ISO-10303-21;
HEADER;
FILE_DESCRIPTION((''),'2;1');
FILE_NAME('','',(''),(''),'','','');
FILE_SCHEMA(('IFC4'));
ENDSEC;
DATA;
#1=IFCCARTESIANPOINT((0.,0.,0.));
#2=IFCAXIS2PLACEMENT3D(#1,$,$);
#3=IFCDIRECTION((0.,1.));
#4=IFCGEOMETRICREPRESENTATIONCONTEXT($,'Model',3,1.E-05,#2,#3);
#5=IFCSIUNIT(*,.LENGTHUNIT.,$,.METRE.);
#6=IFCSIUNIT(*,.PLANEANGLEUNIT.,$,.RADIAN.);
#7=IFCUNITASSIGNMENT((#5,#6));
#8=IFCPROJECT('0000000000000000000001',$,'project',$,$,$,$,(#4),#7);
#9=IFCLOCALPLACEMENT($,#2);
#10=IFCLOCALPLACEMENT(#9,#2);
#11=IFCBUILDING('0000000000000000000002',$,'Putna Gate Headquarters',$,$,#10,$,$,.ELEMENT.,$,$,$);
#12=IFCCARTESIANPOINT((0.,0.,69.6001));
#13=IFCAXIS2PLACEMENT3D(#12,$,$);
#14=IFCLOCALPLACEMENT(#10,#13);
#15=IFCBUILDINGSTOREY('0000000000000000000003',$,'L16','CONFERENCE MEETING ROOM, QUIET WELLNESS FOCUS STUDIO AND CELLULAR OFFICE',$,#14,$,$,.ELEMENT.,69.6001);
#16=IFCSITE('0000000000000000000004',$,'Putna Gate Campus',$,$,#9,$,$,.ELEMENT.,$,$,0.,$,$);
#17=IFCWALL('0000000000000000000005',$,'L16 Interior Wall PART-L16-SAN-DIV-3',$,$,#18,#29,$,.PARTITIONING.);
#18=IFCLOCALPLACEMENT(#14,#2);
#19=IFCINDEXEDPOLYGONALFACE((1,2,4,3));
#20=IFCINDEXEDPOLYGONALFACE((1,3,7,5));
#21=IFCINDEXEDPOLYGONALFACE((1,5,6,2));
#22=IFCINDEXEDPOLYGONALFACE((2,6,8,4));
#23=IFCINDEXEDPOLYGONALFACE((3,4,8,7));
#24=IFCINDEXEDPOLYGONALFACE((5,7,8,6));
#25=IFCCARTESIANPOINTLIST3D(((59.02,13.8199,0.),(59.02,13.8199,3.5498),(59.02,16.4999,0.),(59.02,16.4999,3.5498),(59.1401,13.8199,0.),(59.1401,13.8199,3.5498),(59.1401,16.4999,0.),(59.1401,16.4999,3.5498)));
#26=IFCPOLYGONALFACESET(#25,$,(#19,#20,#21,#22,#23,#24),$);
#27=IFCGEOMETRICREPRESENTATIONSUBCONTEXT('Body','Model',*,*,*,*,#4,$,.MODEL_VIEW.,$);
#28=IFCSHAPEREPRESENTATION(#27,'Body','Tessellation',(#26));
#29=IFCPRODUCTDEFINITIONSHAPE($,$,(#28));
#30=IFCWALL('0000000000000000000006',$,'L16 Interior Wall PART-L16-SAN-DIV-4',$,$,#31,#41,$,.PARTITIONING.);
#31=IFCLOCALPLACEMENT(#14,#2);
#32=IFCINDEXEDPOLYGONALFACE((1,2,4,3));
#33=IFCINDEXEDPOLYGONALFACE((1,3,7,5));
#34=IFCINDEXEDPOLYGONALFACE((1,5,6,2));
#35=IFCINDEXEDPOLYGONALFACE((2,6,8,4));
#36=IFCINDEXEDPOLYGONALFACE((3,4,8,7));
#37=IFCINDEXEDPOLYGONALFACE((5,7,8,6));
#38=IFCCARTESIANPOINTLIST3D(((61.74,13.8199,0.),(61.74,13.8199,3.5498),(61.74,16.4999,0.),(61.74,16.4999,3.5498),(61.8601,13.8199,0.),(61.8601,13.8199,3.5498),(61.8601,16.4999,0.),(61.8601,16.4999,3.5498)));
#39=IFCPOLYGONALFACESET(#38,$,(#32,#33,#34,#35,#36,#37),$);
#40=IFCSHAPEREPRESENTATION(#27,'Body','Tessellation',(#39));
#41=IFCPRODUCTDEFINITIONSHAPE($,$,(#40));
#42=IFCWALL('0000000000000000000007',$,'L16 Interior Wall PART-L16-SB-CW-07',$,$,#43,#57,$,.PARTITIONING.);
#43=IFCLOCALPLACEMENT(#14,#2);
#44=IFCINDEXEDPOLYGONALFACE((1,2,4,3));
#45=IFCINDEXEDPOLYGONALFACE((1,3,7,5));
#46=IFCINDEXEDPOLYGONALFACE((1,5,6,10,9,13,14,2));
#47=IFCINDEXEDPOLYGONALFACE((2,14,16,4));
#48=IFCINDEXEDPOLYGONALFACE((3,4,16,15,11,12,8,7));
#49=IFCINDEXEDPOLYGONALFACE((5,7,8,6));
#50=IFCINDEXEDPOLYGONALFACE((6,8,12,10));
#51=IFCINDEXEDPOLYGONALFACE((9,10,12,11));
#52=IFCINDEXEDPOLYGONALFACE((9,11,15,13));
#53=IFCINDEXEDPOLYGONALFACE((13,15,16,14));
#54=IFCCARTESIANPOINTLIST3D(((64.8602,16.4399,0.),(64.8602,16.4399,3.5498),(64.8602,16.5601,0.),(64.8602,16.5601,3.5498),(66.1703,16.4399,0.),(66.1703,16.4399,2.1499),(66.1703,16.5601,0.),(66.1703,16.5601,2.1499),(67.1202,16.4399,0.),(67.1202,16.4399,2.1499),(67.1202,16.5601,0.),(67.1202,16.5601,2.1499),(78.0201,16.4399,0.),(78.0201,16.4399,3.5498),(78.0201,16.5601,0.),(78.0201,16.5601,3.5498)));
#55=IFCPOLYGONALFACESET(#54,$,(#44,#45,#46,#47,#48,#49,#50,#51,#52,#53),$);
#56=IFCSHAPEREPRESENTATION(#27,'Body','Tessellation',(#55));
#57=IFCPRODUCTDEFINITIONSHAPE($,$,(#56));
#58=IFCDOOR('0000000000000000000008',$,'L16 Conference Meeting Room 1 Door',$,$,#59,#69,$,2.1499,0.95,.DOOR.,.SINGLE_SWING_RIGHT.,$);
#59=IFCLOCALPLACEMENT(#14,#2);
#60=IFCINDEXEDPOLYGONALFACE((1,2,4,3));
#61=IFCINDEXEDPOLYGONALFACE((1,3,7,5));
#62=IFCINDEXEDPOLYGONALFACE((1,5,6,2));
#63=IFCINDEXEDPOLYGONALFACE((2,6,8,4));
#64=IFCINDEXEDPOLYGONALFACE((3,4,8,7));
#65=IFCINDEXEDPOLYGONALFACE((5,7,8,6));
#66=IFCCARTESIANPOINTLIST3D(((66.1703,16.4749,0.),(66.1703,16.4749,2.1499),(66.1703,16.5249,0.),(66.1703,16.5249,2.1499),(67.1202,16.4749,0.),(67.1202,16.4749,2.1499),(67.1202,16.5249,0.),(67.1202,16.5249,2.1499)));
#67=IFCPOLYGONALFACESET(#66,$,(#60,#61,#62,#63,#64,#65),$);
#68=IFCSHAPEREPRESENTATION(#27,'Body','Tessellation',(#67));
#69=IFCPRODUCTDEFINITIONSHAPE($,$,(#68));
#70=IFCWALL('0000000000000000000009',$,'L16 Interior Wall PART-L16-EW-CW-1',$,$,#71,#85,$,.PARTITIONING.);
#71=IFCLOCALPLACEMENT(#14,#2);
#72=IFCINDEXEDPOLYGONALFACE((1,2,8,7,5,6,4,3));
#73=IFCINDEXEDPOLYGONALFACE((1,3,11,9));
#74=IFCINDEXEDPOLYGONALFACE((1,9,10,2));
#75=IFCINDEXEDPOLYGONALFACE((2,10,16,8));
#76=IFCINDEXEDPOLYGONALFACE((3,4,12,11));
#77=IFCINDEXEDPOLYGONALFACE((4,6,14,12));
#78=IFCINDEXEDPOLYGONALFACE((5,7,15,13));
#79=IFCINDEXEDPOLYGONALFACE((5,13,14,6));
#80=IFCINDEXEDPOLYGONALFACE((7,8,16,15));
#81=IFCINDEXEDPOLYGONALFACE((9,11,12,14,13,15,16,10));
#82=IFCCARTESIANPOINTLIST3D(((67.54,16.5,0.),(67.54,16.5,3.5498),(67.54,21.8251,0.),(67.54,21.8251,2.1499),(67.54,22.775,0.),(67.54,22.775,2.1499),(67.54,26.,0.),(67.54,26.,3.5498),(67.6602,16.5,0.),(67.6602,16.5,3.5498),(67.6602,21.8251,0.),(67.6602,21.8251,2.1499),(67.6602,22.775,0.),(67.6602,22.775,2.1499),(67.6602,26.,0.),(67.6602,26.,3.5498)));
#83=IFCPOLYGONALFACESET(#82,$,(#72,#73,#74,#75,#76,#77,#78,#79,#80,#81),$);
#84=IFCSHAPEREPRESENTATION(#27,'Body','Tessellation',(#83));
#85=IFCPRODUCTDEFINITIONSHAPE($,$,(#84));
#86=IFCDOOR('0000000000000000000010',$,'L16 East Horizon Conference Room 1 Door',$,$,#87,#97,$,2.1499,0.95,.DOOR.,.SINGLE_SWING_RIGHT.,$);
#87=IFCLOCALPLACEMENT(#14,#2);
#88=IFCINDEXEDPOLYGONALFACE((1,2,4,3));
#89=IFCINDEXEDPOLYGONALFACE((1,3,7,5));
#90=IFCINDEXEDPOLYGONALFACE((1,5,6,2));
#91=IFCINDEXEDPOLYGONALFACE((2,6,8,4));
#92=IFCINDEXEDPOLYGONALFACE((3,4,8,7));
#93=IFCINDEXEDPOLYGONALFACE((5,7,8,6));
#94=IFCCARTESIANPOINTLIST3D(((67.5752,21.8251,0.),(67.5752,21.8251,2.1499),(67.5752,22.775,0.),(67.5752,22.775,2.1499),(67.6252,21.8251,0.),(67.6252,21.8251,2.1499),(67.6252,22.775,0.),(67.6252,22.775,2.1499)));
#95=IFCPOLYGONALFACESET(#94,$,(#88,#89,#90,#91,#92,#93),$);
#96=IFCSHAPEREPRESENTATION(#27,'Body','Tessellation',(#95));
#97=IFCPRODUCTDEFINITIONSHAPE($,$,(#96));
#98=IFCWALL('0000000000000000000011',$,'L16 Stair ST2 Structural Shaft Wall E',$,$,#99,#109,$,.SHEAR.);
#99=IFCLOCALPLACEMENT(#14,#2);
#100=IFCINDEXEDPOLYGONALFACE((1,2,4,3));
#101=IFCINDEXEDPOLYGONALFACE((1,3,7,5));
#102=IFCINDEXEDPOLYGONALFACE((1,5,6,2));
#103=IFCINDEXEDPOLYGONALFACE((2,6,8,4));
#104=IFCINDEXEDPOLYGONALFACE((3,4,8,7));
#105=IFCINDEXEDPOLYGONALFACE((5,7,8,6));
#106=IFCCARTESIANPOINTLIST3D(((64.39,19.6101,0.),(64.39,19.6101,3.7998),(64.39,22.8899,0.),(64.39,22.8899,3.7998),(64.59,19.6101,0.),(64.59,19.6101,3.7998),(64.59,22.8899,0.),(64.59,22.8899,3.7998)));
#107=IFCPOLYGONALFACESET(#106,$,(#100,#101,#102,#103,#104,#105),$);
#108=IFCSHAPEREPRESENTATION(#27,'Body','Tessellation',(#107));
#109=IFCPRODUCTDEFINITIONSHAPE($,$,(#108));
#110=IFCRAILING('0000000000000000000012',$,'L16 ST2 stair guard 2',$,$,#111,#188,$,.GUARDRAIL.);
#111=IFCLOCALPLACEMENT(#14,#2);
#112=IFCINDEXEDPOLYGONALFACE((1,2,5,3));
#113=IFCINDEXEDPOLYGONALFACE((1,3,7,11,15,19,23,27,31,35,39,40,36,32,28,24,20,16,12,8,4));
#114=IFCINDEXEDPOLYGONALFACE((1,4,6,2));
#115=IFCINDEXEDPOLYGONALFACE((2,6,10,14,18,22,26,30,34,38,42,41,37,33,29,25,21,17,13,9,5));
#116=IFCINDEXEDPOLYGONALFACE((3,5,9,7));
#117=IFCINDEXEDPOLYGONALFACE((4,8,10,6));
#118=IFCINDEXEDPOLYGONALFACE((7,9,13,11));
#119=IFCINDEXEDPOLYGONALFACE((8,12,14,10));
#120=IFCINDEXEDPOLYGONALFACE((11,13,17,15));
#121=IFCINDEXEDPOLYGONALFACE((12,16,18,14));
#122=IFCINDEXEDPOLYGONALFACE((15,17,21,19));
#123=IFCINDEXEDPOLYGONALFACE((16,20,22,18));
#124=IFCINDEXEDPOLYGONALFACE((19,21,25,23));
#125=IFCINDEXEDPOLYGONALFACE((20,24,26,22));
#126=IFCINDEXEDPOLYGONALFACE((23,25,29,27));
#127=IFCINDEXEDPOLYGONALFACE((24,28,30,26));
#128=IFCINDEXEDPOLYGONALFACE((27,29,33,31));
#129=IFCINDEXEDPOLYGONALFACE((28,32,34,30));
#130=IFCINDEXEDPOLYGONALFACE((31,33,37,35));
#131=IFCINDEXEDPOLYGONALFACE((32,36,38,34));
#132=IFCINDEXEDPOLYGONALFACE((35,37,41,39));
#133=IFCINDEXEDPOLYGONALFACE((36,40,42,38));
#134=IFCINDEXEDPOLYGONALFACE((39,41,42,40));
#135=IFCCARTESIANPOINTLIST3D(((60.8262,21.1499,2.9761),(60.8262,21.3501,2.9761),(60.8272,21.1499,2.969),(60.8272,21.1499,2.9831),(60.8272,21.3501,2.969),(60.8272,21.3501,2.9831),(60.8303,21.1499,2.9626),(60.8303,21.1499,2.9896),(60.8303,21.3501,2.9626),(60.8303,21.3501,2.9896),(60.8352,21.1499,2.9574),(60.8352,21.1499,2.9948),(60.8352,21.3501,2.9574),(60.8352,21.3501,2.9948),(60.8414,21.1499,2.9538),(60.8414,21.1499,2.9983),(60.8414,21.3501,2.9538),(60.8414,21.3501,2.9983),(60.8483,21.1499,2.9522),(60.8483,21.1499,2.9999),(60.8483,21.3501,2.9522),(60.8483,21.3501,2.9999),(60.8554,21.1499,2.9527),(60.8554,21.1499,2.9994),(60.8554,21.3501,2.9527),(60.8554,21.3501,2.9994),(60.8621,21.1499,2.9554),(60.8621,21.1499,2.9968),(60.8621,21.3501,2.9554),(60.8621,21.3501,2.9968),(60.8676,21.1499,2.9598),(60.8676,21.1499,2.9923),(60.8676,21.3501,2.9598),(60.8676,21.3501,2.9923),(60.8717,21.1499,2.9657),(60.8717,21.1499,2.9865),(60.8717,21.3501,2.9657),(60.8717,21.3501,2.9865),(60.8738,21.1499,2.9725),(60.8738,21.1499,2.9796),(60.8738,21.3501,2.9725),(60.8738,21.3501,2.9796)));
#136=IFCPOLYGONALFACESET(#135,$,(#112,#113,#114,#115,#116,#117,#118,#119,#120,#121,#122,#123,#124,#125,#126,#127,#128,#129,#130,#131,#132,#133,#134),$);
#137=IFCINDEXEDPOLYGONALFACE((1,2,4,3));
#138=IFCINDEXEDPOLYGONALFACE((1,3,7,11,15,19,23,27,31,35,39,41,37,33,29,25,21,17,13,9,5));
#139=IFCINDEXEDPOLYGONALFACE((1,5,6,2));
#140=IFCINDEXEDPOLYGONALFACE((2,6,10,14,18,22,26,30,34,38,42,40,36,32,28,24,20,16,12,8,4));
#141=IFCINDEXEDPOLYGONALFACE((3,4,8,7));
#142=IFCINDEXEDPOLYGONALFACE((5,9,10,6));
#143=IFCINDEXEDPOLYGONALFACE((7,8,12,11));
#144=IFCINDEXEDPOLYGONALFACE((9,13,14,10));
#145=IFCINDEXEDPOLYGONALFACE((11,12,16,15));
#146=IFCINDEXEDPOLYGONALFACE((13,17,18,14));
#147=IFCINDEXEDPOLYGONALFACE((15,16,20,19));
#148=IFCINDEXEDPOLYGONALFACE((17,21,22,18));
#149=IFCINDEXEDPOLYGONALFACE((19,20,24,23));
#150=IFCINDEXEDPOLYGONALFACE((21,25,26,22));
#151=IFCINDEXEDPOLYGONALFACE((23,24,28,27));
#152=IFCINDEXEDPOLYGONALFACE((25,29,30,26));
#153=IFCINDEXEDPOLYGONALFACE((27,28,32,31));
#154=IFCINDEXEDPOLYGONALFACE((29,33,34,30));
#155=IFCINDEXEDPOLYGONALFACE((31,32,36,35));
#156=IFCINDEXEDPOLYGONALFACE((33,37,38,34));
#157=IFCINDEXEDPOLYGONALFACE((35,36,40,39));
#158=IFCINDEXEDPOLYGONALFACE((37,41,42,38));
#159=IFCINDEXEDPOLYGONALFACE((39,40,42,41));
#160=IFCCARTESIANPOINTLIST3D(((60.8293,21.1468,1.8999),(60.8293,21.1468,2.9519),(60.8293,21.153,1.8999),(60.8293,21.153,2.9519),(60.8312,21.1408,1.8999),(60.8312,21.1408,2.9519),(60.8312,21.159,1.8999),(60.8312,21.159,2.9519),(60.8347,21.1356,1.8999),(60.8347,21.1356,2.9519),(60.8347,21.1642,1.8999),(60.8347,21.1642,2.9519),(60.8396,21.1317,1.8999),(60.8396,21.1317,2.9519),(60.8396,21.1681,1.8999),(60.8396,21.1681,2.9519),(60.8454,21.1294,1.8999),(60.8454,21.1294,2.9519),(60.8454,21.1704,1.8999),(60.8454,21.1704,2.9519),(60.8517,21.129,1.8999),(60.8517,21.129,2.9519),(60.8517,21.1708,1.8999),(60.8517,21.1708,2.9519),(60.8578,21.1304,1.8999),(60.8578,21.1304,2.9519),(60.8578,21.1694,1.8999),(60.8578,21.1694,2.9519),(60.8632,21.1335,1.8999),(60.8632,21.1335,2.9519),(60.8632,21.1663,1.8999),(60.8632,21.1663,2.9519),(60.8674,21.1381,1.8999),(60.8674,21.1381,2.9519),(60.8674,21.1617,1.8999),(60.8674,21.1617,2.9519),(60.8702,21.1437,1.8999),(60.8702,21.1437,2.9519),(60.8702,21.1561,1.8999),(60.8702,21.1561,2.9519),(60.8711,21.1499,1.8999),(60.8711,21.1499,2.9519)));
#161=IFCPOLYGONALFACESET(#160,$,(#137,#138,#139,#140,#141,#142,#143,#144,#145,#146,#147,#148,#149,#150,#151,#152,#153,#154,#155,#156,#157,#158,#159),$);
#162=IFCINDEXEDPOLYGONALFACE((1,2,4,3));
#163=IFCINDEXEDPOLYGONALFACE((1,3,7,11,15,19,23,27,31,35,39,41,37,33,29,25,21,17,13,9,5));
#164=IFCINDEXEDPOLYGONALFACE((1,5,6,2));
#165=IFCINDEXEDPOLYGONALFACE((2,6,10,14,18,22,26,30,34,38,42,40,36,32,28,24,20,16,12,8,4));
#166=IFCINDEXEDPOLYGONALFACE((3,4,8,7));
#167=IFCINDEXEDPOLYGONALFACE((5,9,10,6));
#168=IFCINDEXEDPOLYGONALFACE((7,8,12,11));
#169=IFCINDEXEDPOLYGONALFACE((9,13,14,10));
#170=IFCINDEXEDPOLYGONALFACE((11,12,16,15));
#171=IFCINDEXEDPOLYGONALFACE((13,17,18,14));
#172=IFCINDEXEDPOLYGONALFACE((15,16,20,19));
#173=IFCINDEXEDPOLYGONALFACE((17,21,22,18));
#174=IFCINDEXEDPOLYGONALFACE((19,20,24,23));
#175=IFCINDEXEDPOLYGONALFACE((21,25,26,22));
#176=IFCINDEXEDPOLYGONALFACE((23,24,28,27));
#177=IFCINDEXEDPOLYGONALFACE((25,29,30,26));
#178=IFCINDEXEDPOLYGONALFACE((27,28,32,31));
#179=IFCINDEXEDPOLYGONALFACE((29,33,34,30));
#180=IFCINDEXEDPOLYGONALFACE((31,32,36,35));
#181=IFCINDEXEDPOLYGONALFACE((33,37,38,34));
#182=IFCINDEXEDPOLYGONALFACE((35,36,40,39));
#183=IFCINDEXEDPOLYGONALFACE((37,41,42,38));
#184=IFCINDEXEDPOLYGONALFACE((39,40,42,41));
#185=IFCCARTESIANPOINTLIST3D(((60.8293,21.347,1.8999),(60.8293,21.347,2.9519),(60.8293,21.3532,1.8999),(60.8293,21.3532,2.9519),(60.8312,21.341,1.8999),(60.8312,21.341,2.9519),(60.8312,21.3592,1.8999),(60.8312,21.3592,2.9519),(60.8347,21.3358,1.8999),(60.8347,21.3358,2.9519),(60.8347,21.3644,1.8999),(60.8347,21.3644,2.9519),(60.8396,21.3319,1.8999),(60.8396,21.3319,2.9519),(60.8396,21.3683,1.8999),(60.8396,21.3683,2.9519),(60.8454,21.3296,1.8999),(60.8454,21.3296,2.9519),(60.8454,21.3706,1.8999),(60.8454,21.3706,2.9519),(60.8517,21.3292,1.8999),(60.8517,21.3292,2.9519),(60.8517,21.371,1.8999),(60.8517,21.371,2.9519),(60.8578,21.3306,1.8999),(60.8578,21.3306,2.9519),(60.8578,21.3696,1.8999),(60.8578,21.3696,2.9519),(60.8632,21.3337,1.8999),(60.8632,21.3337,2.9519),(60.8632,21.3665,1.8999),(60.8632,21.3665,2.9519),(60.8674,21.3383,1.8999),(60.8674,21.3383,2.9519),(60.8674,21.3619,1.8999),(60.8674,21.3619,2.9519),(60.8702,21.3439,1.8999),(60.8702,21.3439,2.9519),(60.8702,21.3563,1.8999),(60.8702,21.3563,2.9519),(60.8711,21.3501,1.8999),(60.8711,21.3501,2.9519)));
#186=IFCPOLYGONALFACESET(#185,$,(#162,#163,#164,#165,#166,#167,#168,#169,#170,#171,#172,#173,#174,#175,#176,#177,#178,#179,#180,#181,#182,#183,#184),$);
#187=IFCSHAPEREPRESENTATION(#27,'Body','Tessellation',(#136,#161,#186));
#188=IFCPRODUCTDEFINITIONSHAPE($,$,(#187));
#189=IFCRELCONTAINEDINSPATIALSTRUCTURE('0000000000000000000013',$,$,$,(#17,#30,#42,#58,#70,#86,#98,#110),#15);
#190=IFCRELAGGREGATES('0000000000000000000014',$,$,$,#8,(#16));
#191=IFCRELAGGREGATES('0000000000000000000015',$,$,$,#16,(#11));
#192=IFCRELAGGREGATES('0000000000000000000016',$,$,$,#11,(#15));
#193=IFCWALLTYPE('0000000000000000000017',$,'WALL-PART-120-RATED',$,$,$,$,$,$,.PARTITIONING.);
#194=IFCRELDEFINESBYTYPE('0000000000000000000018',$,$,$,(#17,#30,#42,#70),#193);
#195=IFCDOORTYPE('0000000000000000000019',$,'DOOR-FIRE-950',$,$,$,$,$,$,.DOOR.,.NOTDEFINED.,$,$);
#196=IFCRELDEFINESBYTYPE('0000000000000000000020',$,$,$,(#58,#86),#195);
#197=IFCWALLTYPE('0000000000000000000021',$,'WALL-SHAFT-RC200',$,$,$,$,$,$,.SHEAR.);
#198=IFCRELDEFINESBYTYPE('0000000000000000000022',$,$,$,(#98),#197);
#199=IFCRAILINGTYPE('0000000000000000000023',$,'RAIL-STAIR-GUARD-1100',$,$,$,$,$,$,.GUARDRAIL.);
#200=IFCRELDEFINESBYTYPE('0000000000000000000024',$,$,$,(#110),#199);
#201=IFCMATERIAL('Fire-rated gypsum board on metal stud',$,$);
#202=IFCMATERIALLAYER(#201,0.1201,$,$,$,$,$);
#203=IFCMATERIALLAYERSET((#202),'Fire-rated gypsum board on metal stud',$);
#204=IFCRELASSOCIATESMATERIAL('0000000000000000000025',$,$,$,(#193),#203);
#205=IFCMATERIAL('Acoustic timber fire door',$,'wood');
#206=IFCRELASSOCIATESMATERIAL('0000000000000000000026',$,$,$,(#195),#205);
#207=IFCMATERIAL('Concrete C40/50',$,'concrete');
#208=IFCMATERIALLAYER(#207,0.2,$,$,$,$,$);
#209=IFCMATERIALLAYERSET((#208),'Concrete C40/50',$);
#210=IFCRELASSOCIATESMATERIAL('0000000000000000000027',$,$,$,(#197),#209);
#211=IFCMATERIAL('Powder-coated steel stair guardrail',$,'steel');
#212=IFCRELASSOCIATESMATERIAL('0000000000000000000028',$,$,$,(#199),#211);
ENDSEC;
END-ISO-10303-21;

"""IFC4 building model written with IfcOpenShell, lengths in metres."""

from ifc_helpers import new_model, si_unit, direction, frame, frame_2d, origin, origin_2d, place, context, subcontext, project, spatial, rectangle, circle, extrude, material, layer, layer_set, type_object, element, fill, save


model = new_model("IFC4")

# Units and contexts
model_context = context("Model", 3, precision=1e-05, world=origin(), true_north=direction((0.0, 1.0)))
body_context = subcontext(model_context, "Body", "Model", "MODEL_VIEW")
ifc_project = project(units=[si_unit("LENGTHUNIT", "METRE"), si_unit("PLANEANGLEUNIT", "RADIAN")], contexts=[model_context])

# Site, building, storey
site_placement = place(None, origin())
site = spatial("IfcSite", under=ifc_project, at=site_placement, Name="Putna Gate Campus", CompositionType="ELEMENT", RefElevation=0.0)
building_placement = place(site_placement, origin())
building = spatial("IfcBuilding", under=site, at=building_placement, Name="Putna Gate Headquarters", CompositionType="ELEMENT")
storey_placement = place(building_placement, frame((0.0, 0.0, 69.6001)))
storey = spatial("IfcBuildingStorey", under=building, at=storey_placement, Name="L16", Description="CONFERENCE MEETING ROOM, QUIET WELLNESS FOCUS STUDIO AND CELLULAR OFFICE", CompositionType="ELEMENT", Elevation=69.6001)

# Walls
ifc_material_1 = material(Name="Fire-rated gypsum board on metal stud")
ifc_layer_1 = layer(ifc_material_1, 0.1201)
ifc_layer_set_1 = layer_set([ifc_layer_1], Name="Fire-rated gypsum board on metal stud")
wall_type_1 = type_object("IfcWallType", Name="WALL-PART-120-RATED", PredefinedType="PARTITIONING", material=ifc_layer_set_1)
for number, where, z_axis, x_axis, name in (
    (1, (59.0801, 13.8201, 0.0), (0.0, 0.0, 1.0), (0.0, 1.0, 0.0), "L16 Interior Wall PART-L16-SAN-DIV-3"),
    (2, (61.8, 13.8201, 0.0), (0.0, 0.0, 1.0), (0.0, 1.0, 0.0), "L16 Interior Wall PART-L16-SAN-DIV-4"),
):
    element("IfcWall", number, at=place(storey_placement, frame(where, z_axis=z_axis, x_axis=x_axis)), inside=storey, type_object=wall_type_1, Name=name, PredefinedType="PARTITIONING", context=body_context, shape_type="SweptSolid", body=[
        extrude(rectangle(XDim=2.6799, YDim=0.1201, at=frame_2d((1.3398, 0.0))), origin(), (0.0, 0.0, 1.0), 3.5498),
    ])

# Walls, openings, doors
wall_1_placement = place(storey_placement, frame((64.8601, 16.5, 0.0), z_axis=(0.0, 0.0, 1.0), x_axis=(1.0, 0.0, 0.0)))
wall_1 = element("IfcWall", 3, at=wall_1_placement, inside=storey, type_object=wall_type_1, Name="L16 Interior Wall PART-L16-SB-CW-07", PredefinedType="PARTITIONING", context=body_context, shape_type="SweptSolid", body=[
    extrude(rectangle(XDim=13.1599, YDim=0.1201, at=frame_2d((6.5801, 0.0))), origin(), (0.0, 0.0, 1.0), 3.5498),
])
opening_1_placement = place(wall_1_placement, frame((1.3101, 0.0, 0.0)))
opening_1 = element("IfcOpeningElement", 4, at=opening_1_placement, cuts=wall_1, PredefinedType="OPENING", context=body_context, shape_type="SweptSolid", body=[
    extrude(rectangle(XDim=0.95, YDim=2.1499, at=frame_2d((0.4751, 1.075))), frame((0.0, 0.0701, 0.0), z_axis=(0.0, -1.0, 0.0), x_axis=(1.0, 0.0, 0.0)), (0.0, 0.0, 1.0), 0.1401),
])
ifc_material_2 = material(Name="Acoustic timber fire door", Category="wood")
door_type_1 = type_object("IfcDoorType", Name="DOOR-FIRE-950", OperationType="NOTDEFINED", PredefinedType="DOOR", material=ifc_material_2)
door_1_placement = place(opening_1_placement, origin())
door_1 = element("IfcDoor", 5, at=door_1_placement, inside=storey, type_object=door_type_1, Name="L16 Conference Meeting Room 1 Door", OperationType="SINGLE_SWING_RIGHT", OverallHeight=2.1499, OverallWidth=0.95, PredefinedType="DOOR", context=body_context, shape_type="SweptSolid", body=[
    extrude(rectangle(XDim=0.95, YDim=2.1499, at=frame_2d((0.4751, 1.075))), frame((0.0, 0.0249, 0.0), z_axis=(0.0, -1.0, 0.0), x_axis=(1.0, 0.0, 0.0)), (0.0, 0.0, 1.0), 0.05),
])
fill(opening_1, door_1)
wall_2_placement = place(storey_placement, frame((67.6001, 16.5, 0.0), z_axis=(0.0, 0.0, 1.0), x_axis=(0.0, 1.0, 0.0)))
wall_2 = element("IfcWall", 6, at=wall_2_placement, inside=storey, type_object=wall_type_1, Name="L16 Interior Wall PART-L16-EW-CW-1", PredefinedType="PARTITIONING", context=body_context, shape_type="SweptSolid", body=[
    extrude(rectangle(XDim=9.5, YDim=0.1201, at=frame_2d((4.75, 0.0))), origin(), (0.0, 0.0, 1.0), 3.5498),
])
opening_2_placement = place(wall_2_placement, frame((5.325, 0.0, 0.0)))
opening_2 = element("IfcOpeningElement", 7, at=opening_2_placement, cuts=wall_2, PredefinedType="OPENING", context=body_context, shape_type="SweptSolid", body=[
    extrude(rectangle(XDim=0.95, YDim=2.1499, at=frame_2d((0.4751, 1.075))), frame((0.0, 0.0701, 0.0), z_axis=(0.0, -1.0, 0.0), x_axis=(1.0, 0.0, 0.0)), (0.0, 0.0, 1.0), 0.1401),
])
door_2_placement = place(opening_2_placement, origin())
door_2 = element("IfcDoor", 8, at=door_2_placement, inside=storey, type_object=door_type_1, Name="L16 East Horizon Conference Room 1 Door", OperationType="SINGLE_SWING_RIGHT", OverallHeight=2.1499, OverallWidth=0.95, PredefinedType="DOOR", context=body_context, shape_type="SweptSolid", body=[
    extrude(rectangle(XDim=0.95, YDim=2.1499, at=frame_2d((0.4751, 1.075))), frame((0.0, 0.0249, 0.0), z_axis=(0.0, -1.0, 0.0), x_axis=(1.0, 0.0, 0.0)), (0.0, 0.0, 1.0), 0.05),
])
fill(opening_2, door_2)

# Wall
ifc_material_3 = material(Name="Concrete C40/50", Category="concrete")
ifc_layer_2 = layer(ifc_material_3, 0.2)
ifc_layer_set_2 = layer_set([ifc_layer_2], Name="Concrete C40/50")
wall_type_2 = type_object("IfcWallType", Name="WALL-SHAFT-RC200", PredefinedType="SHEAR", material=ifc_layer_set_2)
wall_3_placement = place(storey_placement, frame((64.49, 19.6101, 0.0), z_axis=(0.0, 0.0, 1.0), x_axis=(0.0, 1.0, 0.0)))
element("IfcWall", 9, at=wall_3_placement, inside=storey, type_object=wall_type_2, Name="L16 Stair ST2 Structural Shaft Wall E", PredefinedType="SHEAR", context=body_context, shape_type="SweptSolid", body=[
    extrude(rectangle(XDim=3.2798, YDim=0.2, at=frame_2d((1.6399, 0.0))), origin(), (0.0, 0.0, 1.0), 3.7998),
])

# Railing
ifc_material_4 = material(Name="Powder-coated steel stair guardrail", Category="steel")
railing_type = type_object("IfcRailingType", Name="RAIL-STAIR-GUARD-1100", PredefinedType="GUARDRAIL", material=ifc_material_4)
railing_1_placement = place(storey_placement, frame((60.8501, 21.1499, 1.8999)))
element("IfcRailing", 10, at=railing_1_placement, inside=storey, type_object=railing_type, Name="L16 ST2 stair guard 2", PredefinedType="GUARDRAIL", context=body_context, shape_type="SweptSolid", body=[
    extrude(circle(Radius=0.0239, at=origin_2d()), frame((0.0, 0.0, 1.0762), z_axis=(0.0, 1.0, 0.0), x_axis=(-1.0, 0.0, 0.0)), (0.0, 0.0, 1.0), 0.2002),
    extrude(circle(Radius=0.021, at=origin_2d()), origin(), (0.0, 0.0, 1.0), 1.052),
    extrude(circle(Radius=0.021, at=origin_2d()), frame((0.0, 0.2002, 0.0)), (0.0, 0.0, 1.0), 1.052),
])

save(model, "model.ifc")
